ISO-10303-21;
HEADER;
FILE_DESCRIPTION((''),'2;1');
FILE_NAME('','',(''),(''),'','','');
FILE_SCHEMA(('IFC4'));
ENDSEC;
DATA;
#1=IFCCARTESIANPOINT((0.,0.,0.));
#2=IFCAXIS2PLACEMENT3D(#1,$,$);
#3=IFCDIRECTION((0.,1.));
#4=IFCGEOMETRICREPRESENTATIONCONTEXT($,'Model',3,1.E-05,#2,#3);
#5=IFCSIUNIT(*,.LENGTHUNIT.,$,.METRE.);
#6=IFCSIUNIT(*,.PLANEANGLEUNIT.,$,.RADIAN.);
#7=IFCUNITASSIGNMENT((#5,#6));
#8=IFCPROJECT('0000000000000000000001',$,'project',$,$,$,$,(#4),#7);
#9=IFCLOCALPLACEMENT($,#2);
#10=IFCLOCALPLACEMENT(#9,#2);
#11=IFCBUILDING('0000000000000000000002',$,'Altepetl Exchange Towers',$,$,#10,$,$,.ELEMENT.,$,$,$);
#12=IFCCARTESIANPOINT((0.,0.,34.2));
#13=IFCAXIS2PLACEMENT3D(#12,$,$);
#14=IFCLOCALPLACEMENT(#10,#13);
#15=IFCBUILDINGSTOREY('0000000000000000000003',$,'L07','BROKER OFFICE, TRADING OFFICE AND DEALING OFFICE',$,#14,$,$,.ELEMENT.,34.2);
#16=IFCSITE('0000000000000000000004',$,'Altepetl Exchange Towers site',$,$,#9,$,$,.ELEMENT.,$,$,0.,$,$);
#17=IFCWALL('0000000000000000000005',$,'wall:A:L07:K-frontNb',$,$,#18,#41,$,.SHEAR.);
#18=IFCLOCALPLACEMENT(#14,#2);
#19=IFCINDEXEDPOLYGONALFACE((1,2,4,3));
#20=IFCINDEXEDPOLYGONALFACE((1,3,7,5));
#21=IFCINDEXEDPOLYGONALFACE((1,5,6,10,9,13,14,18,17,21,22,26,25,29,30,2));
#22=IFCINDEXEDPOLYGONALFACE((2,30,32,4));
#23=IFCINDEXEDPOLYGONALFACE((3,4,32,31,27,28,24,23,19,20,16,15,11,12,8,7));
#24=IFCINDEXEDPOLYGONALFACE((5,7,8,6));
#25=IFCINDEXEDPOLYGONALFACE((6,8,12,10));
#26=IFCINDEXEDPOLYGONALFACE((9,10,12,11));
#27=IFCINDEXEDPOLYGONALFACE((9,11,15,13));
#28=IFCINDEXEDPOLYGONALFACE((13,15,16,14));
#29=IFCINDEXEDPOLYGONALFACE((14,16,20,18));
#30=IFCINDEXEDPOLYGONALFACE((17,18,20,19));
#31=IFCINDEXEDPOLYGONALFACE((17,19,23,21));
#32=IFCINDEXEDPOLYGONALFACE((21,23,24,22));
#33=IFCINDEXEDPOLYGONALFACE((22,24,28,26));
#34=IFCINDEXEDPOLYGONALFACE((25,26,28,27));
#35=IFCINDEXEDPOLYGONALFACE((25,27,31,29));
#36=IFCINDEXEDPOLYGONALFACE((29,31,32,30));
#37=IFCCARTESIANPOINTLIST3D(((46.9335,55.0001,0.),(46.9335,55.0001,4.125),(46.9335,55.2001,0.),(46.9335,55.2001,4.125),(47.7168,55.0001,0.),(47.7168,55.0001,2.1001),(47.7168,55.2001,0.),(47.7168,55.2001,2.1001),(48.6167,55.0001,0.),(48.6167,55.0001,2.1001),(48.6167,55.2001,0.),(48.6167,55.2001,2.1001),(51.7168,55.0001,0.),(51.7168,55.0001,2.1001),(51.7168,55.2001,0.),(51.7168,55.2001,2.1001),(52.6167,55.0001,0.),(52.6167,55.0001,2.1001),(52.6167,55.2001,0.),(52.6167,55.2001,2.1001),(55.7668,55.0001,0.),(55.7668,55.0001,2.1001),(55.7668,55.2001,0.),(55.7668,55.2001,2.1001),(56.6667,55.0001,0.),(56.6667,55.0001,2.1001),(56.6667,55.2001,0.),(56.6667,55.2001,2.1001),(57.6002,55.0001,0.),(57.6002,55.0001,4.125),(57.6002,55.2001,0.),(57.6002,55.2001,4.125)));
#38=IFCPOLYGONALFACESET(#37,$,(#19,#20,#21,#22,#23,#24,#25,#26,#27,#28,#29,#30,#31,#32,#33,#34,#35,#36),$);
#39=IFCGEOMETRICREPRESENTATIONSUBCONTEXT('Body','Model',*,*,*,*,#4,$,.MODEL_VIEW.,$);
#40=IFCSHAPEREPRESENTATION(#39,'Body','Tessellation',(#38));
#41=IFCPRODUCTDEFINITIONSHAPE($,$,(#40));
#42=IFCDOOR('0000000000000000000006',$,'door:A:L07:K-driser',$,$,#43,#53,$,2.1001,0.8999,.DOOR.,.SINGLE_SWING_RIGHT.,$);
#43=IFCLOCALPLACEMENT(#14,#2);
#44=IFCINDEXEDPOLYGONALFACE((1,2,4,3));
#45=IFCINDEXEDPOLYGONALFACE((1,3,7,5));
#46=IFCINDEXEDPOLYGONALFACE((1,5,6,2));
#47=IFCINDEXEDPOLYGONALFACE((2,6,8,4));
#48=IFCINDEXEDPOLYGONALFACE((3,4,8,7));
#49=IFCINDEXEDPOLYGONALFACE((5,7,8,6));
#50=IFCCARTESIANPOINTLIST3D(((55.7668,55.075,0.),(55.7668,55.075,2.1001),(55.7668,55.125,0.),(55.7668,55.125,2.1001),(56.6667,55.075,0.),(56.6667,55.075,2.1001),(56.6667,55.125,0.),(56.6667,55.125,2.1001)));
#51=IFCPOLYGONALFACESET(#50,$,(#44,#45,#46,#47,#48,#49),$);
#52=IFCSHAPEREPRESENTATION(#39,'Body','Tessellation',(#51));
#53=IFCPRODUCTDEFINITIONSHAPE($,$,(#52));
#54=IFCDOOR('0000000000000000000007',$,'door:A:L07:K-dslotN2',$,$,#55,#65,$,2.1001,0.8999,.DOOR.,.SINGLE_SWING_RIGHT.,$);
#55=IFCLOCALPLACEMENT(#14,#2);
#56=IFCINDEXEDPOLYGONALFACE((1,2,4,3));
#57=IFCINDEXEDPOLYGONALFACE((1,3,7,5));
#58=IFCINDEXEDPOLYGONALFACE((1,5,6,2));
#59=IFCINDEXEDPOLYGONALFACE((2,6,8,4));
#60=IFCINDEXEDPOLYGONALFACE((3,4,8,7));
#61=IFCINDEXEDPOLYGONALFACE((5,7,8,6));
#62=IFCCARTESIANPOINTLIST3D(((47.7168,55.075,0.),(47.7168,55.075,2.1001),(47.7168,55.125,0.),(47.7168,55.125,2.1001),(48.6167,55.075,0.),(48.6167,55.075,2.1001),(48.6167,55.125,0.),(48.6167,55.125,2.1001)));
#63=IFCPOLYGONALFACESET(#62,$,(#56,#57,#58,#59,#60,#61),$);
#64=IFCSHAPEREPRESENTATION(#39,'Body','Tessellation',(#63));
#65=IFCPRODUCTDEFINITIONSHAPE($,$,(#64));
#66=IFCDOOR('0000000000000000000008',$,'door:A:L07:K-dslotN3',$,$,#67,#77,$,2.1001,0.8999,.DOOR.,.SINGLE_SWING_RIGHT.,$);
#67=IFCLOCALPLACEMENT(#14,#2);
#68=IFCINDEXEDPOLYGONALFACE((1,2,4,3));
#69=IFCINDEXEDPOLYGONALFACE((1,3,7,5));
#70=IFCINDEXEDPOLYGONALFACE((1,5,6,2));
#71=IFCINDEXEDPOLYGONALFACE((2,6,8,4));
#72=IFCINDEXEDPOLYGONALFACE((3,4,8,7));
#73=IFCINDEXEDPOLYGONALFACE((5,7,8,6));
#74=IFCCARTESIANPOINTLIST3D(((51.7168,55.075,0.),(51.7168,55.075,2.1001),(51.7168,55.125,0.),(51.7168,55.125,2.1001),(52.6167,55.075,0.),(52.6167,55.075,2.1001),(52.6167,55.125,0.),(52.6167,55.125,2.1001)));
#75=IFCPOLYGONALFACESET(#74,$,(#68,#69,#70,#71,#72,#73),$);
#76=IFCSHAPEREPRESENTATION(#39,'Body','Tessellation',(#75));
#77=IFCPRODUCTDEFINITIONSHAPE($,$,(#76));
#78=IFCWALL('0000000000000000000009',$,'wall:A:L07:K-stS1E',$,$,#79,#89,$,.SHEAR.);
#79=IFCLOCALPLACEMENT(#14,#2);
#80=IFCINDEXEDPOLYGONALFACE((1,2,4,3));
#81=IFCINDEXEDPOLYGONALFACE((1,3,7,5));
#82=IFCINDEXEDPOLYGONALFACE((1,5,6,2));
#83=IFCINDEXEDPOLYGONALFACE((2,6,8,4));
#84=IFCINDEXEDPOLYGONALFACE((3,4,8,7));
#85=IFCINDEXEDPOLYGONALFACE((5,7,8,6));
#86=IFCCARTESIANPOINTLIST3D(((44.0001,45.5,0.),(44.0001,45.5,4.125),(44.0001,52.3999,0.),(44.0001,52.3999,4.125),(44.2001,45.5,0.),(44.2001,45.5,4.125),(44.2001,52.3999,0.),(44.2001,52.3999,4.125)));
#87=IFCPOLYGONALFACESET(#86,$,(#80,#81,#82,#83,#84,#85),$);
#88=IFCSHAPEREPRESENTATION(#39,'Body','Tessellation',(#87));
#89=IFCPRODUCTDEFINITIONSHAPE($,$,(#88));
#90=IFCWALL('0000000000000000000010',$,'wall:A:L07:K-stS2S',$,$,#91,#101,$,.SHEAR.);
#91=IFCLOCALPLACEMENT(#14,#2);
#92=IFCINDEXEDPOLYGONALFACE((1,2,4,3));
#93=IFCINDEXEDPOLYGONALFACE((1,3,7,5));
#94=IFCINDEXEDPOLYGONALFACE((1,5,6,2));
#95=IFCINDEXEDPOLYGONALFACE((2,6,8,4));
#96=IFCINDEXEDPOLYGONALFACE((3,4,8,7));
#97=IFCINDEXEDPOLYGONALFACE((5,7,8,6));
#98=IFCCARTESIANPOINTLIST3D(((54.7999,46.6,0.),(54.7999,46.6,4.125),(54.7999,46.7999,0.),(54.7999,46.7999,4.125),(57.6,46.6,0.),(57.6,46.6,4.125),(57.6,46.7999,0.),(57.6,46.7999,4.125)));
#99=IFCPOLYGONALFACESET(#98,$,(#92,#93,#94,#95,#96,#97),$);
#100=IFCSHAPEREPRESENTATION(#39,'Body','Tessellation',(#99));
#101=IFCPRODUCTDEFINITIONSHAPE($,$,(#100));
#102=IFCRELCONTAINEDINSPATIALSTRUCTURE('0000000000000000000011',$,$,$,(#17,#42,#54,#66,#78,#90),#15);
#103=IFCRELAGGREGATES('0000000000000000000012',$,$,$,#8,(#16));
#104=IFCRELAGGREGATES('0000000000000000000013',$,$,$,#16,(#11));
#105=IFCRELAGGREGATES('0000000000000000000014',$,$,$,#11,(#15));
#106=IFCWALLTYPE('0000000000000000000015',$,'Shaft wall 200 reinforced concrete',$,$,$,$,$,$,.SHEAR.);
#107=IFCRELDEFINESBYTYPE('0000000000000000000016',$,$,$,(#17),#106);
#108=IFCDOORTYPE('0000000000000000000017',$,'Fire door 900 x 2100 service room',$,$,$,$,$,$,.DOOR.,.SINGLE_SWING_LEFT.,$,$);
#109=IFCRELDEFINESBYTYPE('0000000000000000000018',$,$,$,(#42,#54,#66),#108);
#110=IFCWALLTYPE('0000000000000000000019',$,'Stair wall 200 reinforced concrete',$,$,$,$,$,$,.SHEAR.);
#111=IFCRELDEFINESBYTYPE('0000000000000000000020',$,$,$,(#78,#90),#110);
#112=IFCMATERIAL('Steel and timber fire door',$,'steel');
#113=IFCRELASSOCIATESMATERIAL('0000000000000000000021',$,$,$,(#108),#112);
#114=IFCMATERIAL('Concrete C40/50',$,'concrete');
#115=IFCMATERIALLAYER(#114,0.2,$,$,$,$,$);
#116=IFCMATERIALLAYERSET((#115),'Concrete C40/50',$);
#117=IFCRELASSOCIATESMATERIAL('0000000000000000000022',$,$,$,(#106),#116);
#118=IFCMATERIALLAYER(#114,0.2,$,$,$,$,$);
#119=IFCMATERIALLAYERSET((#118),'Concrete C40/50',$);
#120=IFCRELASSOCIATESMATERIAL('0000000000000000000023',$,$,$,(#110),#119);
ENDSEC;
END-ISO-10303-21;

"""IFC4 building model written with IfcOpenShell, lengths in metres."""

from ifc_helpers import new_model, si_unit, direction, frame, frame_2d, origin, place, context, subcontext, project, spatial, rectangle, extrude, material, layer, layer_set, type_object, element, fill, save


model = new_model("IFC4")

# Units and contexts
model_context = context("Model", 3, precision=1e-05, world=origin(), true_north=direction((0.0, 1.0)))
body_context = subcontext(model_context, "Body", "Model", "MODEL_VIEW")
ifc_project = project(units=[si_unit("LENGTHUNIT", "METRE"), si_unit("PLANEANGLEUNIT", "RADIAN")], contexts=[model_context])

# Site, building, storey
site_placement = place(None, origin())
site = spatial("IfcSite", under=ifc_project, at=site_placement, Name="Altepetl Exchange Towers site", CompositionType="ELEMENT", RefElevation=0.0)
building_placement = place(site_placement, origin())
building = spatial("IfcBuilding", under=site, at=building_placement, Name="Altepetl Exchange Towers", CompositionType="ELEMENT")
storey_placement = place(building_placement, frame((0.0, 0.0, 34.2)))
storey = spatial("IfcBuildingStorey", under=building, at=storey_placement, Name="L07", Description="BROKER OFFICE, TRADING OFFICE AND DEALING OFFICE", CompositionType="ELEMENT", Elevation=34.2)

# Shared definitions
ifc_material_1 = material(Name="Steel and timber fire door", Category="steel")

# Shared definitions
door_type_1 = type_object("IfcDoorType", Name="Fire door 900 x 2100 service room", OperationType="SINGLE_SWING_LEFT", PredefinedType="DOOR", material=ifc_material_1)

# Shared definitions
ifc_material_2 = material(Name="Concrete C40/50", Category="concrete")
ifc_layer_1 = layer(ifc_material_2, 0.2)
ifc_layer_set_1 = layer_set([ifc_layer_1], Name="Concrete C40/50")
wall_type_1 = type_object("IfcWallType", Name="Shaft wall 200 reinforced concrete", PredefinedType="SHEAR", material=ifc_layer_set_1)

# Wall, openings, doors
wall_1_placement = place(storey_placement, frame((46.9333, 55.1001, 0.0)))
wall_1 = element("IfcWall", 1, at=wall_1_placement, inside=storey, type_object=wall_type_1, Name="wall:A:L07:K-frontNb", PredefinedType="SHEAR", context=body_context, shape_type="SweptSolid", body=[
    extrude(rectangle(XDim=10.6667, YDim=0.2, at=frame_2d((5.3335, 0.0))), origin(), (0.0, 0.0, 1.0), 4.125),
])
opening_1_placement = place(wall_1_placement, frame((8.8335, 0.0, 0.0)))
opening_1 = element("IfcOpeningElement", 2, at=opening_1_placement, cuts=wall_1, PredefinedType="OPENING", context=body_context, shape_type="SweptSolid", body=[
    extrude(rectangle(XDim=0.8999, YDim=2.1001, at=frame_2d((0.45, 1.05))), frame((0.0, 0.1099, 0.0), z_axis=(0.0, -1.0, 0.0), x_axis=(1.0, 0.0, 0.0)), (0.0, 0.0, 1.0), 0.22),
])
opening_2_placement = place(wall_1_placement, frame((0.7834, 0.0, 0.0)))
opening_2 = element("IfcOpeningElement", 3, at=opening_2_placement, cuts=wall_1, PredefinedType="OPENING", context=body_context, shape_type="SweptSolid", body=[
    extrude(rectangle(XDim=0.8999, YDim=2.1001, at=frame_2d((0.45, 1.05))), frame((0.0, 0.1099, 0.0), z_axis=(0.0, -1.0, 0.0), x_axis=(1.0, 0.0, 0.0)), (0.0, 0.0, 1.0), 0.22),
])
opening_3_placement = place(wall_1_placement, frame((4.7834, 0.0, 0.0)))
opening_3 = element("IfcOpeningElement", 4, at=opening_3_placement, cuts=wall_1, PredefinedType="OPENING", context=body_context, shape_type="SweptSolid", body=[
    extrude(rectangle(XDim=0.8999, YDim=2.1001, at=frame_2d((0.45, 1.05))), frame((0.0, 0.1099, 0.0), z_axis=(0.0, -1.0, 0.0), x_axis=(1.0, 0.0, 0.0)), (0.0, 0.0, 1.0), 0.22),
])
door_1_placement = place(opening_1_placement, origin())
door_1 = element("IfcDoor", 5, at=door_1_placement, inside=storey, type_object=door_type_1, Name="door:A:L07:K-driser", OperationType="SINGLE_SWING_RIGHT", OverallHeight=2.1001, OverallWidth=0.8999, PredefinedType="DOOR", context=body_context, shape_type="SweptSolid", body=[
    extrude(rectangle(XDim=0.8999, YDim=2.1001, at=frame_2d((0.45, 1.05))), frame((0.0, 0.0249, 0.0), z_axis=(0.0, -1.0, 0.0), x_axis=(1.0, 0.0, 0.0)), (0.0, 0.0, 1.0), 0.05),
])
fill(opening_1, door_1)
door_2_placement = place(opening_2_placement, origin())
door_2 = element("IfcDoor", 6, at=door_2_placement, inside=storey, type_object=door_type_1, Name="door:A:L07:K-dslotN2", OperationType="SINGLE_SWING_RIGHT", OverallHeight=2.1001, OverallWidth=0.8999, PredefinedType="DOOR", context=body_context, shape_type="SweptSolid", body=[
    extrude(rectangle(XDim=0.8999, YDim=2.1001, at=frame_2d((0.45, 1.05))), frame((0.0, 0.0249, 0.0), z_axis=(0.0, -1.0, 0.0), x_axis=(1.0, 0.0, 0.0)), (0.0, 0.0, 1.0), 0.05),
])
fill(opening_2, door_2)
door_3_placement = place(opening_3_placement, origin())
door_3 = element("IfcDoor", 7, at=door_3_placement, inside=storey, type_object=door_type_1, Name="door:A:L07:K-dslotN3", OperationType="SINGLE_SWING_RIGHT", OverallHeight=2.1001, OverallWidth=0.8999, PredefinedType="DOOR", context=body_context, shape_type="SweptSolid", body=[
    extrude(rectangle(XDim=0.8999, YDim=2.1001, at=frame_2d((0.45, 1.05))), frame((0.0, 0.0249, 0.0), z_axis=(0.0, -1.0, 0.0), x_axis=(1.0, 0.0, 0.0)), (0.0, 0.0, 1.0), 0.05),
])
fill(opening_3, door_3)

# Walls
ifc_layer_2 = layer(ifc_material_2, 0.2)
ifc_layer_set_2 = layer_set([ifc_layer_2], Name="Concrete C40/50")
wall_type_2 = type_object("IfcWallType", Name="Stair wall 200 reinforced concrete", PredefinedType="SHEAR", material=ifc_layer_set_2)
wall_2_placement = place(storey_placement, frame((44.1001, 45.5, 0.0), z_axis=(0.0, 0.0, 1.0), x_axis=(0.0, 1.0, 0.0)))
element("IfcWall", 8, at=wall_2_placement, inside=storey, type_object=wall_type_2, Name="wall:A:L07:K-stS1E", PredefinedType="SHEAR", context=body_context, shape_type="SweptSolid", body=[
    extrude(rectangle(XDim=6.8999, YDim=0.2, at=frame_2d((3.45, 0.0))), origin(), (0.0, 0.0, 1.0), 4.125),
])
wall_3_placement = place(storey_placement, frame((54.8, 46.7, 0.0)))
element("IfcWall", 9, at=wall_3_placement, inside=storey, type_object=wall_type_2, Name="wall:A:L07:K-stS2S", PredefinedType="SHEAR", context=body_context, shape_type="SweptSolid", body=[
    extrude(rectangle(XDim=2.8, YDim=0.2, at=frame_2d((1.3999, 0.0))), origin(), (0.0, 0.0, 1.0), 4.125),
])

save(model, "model.ifc")
